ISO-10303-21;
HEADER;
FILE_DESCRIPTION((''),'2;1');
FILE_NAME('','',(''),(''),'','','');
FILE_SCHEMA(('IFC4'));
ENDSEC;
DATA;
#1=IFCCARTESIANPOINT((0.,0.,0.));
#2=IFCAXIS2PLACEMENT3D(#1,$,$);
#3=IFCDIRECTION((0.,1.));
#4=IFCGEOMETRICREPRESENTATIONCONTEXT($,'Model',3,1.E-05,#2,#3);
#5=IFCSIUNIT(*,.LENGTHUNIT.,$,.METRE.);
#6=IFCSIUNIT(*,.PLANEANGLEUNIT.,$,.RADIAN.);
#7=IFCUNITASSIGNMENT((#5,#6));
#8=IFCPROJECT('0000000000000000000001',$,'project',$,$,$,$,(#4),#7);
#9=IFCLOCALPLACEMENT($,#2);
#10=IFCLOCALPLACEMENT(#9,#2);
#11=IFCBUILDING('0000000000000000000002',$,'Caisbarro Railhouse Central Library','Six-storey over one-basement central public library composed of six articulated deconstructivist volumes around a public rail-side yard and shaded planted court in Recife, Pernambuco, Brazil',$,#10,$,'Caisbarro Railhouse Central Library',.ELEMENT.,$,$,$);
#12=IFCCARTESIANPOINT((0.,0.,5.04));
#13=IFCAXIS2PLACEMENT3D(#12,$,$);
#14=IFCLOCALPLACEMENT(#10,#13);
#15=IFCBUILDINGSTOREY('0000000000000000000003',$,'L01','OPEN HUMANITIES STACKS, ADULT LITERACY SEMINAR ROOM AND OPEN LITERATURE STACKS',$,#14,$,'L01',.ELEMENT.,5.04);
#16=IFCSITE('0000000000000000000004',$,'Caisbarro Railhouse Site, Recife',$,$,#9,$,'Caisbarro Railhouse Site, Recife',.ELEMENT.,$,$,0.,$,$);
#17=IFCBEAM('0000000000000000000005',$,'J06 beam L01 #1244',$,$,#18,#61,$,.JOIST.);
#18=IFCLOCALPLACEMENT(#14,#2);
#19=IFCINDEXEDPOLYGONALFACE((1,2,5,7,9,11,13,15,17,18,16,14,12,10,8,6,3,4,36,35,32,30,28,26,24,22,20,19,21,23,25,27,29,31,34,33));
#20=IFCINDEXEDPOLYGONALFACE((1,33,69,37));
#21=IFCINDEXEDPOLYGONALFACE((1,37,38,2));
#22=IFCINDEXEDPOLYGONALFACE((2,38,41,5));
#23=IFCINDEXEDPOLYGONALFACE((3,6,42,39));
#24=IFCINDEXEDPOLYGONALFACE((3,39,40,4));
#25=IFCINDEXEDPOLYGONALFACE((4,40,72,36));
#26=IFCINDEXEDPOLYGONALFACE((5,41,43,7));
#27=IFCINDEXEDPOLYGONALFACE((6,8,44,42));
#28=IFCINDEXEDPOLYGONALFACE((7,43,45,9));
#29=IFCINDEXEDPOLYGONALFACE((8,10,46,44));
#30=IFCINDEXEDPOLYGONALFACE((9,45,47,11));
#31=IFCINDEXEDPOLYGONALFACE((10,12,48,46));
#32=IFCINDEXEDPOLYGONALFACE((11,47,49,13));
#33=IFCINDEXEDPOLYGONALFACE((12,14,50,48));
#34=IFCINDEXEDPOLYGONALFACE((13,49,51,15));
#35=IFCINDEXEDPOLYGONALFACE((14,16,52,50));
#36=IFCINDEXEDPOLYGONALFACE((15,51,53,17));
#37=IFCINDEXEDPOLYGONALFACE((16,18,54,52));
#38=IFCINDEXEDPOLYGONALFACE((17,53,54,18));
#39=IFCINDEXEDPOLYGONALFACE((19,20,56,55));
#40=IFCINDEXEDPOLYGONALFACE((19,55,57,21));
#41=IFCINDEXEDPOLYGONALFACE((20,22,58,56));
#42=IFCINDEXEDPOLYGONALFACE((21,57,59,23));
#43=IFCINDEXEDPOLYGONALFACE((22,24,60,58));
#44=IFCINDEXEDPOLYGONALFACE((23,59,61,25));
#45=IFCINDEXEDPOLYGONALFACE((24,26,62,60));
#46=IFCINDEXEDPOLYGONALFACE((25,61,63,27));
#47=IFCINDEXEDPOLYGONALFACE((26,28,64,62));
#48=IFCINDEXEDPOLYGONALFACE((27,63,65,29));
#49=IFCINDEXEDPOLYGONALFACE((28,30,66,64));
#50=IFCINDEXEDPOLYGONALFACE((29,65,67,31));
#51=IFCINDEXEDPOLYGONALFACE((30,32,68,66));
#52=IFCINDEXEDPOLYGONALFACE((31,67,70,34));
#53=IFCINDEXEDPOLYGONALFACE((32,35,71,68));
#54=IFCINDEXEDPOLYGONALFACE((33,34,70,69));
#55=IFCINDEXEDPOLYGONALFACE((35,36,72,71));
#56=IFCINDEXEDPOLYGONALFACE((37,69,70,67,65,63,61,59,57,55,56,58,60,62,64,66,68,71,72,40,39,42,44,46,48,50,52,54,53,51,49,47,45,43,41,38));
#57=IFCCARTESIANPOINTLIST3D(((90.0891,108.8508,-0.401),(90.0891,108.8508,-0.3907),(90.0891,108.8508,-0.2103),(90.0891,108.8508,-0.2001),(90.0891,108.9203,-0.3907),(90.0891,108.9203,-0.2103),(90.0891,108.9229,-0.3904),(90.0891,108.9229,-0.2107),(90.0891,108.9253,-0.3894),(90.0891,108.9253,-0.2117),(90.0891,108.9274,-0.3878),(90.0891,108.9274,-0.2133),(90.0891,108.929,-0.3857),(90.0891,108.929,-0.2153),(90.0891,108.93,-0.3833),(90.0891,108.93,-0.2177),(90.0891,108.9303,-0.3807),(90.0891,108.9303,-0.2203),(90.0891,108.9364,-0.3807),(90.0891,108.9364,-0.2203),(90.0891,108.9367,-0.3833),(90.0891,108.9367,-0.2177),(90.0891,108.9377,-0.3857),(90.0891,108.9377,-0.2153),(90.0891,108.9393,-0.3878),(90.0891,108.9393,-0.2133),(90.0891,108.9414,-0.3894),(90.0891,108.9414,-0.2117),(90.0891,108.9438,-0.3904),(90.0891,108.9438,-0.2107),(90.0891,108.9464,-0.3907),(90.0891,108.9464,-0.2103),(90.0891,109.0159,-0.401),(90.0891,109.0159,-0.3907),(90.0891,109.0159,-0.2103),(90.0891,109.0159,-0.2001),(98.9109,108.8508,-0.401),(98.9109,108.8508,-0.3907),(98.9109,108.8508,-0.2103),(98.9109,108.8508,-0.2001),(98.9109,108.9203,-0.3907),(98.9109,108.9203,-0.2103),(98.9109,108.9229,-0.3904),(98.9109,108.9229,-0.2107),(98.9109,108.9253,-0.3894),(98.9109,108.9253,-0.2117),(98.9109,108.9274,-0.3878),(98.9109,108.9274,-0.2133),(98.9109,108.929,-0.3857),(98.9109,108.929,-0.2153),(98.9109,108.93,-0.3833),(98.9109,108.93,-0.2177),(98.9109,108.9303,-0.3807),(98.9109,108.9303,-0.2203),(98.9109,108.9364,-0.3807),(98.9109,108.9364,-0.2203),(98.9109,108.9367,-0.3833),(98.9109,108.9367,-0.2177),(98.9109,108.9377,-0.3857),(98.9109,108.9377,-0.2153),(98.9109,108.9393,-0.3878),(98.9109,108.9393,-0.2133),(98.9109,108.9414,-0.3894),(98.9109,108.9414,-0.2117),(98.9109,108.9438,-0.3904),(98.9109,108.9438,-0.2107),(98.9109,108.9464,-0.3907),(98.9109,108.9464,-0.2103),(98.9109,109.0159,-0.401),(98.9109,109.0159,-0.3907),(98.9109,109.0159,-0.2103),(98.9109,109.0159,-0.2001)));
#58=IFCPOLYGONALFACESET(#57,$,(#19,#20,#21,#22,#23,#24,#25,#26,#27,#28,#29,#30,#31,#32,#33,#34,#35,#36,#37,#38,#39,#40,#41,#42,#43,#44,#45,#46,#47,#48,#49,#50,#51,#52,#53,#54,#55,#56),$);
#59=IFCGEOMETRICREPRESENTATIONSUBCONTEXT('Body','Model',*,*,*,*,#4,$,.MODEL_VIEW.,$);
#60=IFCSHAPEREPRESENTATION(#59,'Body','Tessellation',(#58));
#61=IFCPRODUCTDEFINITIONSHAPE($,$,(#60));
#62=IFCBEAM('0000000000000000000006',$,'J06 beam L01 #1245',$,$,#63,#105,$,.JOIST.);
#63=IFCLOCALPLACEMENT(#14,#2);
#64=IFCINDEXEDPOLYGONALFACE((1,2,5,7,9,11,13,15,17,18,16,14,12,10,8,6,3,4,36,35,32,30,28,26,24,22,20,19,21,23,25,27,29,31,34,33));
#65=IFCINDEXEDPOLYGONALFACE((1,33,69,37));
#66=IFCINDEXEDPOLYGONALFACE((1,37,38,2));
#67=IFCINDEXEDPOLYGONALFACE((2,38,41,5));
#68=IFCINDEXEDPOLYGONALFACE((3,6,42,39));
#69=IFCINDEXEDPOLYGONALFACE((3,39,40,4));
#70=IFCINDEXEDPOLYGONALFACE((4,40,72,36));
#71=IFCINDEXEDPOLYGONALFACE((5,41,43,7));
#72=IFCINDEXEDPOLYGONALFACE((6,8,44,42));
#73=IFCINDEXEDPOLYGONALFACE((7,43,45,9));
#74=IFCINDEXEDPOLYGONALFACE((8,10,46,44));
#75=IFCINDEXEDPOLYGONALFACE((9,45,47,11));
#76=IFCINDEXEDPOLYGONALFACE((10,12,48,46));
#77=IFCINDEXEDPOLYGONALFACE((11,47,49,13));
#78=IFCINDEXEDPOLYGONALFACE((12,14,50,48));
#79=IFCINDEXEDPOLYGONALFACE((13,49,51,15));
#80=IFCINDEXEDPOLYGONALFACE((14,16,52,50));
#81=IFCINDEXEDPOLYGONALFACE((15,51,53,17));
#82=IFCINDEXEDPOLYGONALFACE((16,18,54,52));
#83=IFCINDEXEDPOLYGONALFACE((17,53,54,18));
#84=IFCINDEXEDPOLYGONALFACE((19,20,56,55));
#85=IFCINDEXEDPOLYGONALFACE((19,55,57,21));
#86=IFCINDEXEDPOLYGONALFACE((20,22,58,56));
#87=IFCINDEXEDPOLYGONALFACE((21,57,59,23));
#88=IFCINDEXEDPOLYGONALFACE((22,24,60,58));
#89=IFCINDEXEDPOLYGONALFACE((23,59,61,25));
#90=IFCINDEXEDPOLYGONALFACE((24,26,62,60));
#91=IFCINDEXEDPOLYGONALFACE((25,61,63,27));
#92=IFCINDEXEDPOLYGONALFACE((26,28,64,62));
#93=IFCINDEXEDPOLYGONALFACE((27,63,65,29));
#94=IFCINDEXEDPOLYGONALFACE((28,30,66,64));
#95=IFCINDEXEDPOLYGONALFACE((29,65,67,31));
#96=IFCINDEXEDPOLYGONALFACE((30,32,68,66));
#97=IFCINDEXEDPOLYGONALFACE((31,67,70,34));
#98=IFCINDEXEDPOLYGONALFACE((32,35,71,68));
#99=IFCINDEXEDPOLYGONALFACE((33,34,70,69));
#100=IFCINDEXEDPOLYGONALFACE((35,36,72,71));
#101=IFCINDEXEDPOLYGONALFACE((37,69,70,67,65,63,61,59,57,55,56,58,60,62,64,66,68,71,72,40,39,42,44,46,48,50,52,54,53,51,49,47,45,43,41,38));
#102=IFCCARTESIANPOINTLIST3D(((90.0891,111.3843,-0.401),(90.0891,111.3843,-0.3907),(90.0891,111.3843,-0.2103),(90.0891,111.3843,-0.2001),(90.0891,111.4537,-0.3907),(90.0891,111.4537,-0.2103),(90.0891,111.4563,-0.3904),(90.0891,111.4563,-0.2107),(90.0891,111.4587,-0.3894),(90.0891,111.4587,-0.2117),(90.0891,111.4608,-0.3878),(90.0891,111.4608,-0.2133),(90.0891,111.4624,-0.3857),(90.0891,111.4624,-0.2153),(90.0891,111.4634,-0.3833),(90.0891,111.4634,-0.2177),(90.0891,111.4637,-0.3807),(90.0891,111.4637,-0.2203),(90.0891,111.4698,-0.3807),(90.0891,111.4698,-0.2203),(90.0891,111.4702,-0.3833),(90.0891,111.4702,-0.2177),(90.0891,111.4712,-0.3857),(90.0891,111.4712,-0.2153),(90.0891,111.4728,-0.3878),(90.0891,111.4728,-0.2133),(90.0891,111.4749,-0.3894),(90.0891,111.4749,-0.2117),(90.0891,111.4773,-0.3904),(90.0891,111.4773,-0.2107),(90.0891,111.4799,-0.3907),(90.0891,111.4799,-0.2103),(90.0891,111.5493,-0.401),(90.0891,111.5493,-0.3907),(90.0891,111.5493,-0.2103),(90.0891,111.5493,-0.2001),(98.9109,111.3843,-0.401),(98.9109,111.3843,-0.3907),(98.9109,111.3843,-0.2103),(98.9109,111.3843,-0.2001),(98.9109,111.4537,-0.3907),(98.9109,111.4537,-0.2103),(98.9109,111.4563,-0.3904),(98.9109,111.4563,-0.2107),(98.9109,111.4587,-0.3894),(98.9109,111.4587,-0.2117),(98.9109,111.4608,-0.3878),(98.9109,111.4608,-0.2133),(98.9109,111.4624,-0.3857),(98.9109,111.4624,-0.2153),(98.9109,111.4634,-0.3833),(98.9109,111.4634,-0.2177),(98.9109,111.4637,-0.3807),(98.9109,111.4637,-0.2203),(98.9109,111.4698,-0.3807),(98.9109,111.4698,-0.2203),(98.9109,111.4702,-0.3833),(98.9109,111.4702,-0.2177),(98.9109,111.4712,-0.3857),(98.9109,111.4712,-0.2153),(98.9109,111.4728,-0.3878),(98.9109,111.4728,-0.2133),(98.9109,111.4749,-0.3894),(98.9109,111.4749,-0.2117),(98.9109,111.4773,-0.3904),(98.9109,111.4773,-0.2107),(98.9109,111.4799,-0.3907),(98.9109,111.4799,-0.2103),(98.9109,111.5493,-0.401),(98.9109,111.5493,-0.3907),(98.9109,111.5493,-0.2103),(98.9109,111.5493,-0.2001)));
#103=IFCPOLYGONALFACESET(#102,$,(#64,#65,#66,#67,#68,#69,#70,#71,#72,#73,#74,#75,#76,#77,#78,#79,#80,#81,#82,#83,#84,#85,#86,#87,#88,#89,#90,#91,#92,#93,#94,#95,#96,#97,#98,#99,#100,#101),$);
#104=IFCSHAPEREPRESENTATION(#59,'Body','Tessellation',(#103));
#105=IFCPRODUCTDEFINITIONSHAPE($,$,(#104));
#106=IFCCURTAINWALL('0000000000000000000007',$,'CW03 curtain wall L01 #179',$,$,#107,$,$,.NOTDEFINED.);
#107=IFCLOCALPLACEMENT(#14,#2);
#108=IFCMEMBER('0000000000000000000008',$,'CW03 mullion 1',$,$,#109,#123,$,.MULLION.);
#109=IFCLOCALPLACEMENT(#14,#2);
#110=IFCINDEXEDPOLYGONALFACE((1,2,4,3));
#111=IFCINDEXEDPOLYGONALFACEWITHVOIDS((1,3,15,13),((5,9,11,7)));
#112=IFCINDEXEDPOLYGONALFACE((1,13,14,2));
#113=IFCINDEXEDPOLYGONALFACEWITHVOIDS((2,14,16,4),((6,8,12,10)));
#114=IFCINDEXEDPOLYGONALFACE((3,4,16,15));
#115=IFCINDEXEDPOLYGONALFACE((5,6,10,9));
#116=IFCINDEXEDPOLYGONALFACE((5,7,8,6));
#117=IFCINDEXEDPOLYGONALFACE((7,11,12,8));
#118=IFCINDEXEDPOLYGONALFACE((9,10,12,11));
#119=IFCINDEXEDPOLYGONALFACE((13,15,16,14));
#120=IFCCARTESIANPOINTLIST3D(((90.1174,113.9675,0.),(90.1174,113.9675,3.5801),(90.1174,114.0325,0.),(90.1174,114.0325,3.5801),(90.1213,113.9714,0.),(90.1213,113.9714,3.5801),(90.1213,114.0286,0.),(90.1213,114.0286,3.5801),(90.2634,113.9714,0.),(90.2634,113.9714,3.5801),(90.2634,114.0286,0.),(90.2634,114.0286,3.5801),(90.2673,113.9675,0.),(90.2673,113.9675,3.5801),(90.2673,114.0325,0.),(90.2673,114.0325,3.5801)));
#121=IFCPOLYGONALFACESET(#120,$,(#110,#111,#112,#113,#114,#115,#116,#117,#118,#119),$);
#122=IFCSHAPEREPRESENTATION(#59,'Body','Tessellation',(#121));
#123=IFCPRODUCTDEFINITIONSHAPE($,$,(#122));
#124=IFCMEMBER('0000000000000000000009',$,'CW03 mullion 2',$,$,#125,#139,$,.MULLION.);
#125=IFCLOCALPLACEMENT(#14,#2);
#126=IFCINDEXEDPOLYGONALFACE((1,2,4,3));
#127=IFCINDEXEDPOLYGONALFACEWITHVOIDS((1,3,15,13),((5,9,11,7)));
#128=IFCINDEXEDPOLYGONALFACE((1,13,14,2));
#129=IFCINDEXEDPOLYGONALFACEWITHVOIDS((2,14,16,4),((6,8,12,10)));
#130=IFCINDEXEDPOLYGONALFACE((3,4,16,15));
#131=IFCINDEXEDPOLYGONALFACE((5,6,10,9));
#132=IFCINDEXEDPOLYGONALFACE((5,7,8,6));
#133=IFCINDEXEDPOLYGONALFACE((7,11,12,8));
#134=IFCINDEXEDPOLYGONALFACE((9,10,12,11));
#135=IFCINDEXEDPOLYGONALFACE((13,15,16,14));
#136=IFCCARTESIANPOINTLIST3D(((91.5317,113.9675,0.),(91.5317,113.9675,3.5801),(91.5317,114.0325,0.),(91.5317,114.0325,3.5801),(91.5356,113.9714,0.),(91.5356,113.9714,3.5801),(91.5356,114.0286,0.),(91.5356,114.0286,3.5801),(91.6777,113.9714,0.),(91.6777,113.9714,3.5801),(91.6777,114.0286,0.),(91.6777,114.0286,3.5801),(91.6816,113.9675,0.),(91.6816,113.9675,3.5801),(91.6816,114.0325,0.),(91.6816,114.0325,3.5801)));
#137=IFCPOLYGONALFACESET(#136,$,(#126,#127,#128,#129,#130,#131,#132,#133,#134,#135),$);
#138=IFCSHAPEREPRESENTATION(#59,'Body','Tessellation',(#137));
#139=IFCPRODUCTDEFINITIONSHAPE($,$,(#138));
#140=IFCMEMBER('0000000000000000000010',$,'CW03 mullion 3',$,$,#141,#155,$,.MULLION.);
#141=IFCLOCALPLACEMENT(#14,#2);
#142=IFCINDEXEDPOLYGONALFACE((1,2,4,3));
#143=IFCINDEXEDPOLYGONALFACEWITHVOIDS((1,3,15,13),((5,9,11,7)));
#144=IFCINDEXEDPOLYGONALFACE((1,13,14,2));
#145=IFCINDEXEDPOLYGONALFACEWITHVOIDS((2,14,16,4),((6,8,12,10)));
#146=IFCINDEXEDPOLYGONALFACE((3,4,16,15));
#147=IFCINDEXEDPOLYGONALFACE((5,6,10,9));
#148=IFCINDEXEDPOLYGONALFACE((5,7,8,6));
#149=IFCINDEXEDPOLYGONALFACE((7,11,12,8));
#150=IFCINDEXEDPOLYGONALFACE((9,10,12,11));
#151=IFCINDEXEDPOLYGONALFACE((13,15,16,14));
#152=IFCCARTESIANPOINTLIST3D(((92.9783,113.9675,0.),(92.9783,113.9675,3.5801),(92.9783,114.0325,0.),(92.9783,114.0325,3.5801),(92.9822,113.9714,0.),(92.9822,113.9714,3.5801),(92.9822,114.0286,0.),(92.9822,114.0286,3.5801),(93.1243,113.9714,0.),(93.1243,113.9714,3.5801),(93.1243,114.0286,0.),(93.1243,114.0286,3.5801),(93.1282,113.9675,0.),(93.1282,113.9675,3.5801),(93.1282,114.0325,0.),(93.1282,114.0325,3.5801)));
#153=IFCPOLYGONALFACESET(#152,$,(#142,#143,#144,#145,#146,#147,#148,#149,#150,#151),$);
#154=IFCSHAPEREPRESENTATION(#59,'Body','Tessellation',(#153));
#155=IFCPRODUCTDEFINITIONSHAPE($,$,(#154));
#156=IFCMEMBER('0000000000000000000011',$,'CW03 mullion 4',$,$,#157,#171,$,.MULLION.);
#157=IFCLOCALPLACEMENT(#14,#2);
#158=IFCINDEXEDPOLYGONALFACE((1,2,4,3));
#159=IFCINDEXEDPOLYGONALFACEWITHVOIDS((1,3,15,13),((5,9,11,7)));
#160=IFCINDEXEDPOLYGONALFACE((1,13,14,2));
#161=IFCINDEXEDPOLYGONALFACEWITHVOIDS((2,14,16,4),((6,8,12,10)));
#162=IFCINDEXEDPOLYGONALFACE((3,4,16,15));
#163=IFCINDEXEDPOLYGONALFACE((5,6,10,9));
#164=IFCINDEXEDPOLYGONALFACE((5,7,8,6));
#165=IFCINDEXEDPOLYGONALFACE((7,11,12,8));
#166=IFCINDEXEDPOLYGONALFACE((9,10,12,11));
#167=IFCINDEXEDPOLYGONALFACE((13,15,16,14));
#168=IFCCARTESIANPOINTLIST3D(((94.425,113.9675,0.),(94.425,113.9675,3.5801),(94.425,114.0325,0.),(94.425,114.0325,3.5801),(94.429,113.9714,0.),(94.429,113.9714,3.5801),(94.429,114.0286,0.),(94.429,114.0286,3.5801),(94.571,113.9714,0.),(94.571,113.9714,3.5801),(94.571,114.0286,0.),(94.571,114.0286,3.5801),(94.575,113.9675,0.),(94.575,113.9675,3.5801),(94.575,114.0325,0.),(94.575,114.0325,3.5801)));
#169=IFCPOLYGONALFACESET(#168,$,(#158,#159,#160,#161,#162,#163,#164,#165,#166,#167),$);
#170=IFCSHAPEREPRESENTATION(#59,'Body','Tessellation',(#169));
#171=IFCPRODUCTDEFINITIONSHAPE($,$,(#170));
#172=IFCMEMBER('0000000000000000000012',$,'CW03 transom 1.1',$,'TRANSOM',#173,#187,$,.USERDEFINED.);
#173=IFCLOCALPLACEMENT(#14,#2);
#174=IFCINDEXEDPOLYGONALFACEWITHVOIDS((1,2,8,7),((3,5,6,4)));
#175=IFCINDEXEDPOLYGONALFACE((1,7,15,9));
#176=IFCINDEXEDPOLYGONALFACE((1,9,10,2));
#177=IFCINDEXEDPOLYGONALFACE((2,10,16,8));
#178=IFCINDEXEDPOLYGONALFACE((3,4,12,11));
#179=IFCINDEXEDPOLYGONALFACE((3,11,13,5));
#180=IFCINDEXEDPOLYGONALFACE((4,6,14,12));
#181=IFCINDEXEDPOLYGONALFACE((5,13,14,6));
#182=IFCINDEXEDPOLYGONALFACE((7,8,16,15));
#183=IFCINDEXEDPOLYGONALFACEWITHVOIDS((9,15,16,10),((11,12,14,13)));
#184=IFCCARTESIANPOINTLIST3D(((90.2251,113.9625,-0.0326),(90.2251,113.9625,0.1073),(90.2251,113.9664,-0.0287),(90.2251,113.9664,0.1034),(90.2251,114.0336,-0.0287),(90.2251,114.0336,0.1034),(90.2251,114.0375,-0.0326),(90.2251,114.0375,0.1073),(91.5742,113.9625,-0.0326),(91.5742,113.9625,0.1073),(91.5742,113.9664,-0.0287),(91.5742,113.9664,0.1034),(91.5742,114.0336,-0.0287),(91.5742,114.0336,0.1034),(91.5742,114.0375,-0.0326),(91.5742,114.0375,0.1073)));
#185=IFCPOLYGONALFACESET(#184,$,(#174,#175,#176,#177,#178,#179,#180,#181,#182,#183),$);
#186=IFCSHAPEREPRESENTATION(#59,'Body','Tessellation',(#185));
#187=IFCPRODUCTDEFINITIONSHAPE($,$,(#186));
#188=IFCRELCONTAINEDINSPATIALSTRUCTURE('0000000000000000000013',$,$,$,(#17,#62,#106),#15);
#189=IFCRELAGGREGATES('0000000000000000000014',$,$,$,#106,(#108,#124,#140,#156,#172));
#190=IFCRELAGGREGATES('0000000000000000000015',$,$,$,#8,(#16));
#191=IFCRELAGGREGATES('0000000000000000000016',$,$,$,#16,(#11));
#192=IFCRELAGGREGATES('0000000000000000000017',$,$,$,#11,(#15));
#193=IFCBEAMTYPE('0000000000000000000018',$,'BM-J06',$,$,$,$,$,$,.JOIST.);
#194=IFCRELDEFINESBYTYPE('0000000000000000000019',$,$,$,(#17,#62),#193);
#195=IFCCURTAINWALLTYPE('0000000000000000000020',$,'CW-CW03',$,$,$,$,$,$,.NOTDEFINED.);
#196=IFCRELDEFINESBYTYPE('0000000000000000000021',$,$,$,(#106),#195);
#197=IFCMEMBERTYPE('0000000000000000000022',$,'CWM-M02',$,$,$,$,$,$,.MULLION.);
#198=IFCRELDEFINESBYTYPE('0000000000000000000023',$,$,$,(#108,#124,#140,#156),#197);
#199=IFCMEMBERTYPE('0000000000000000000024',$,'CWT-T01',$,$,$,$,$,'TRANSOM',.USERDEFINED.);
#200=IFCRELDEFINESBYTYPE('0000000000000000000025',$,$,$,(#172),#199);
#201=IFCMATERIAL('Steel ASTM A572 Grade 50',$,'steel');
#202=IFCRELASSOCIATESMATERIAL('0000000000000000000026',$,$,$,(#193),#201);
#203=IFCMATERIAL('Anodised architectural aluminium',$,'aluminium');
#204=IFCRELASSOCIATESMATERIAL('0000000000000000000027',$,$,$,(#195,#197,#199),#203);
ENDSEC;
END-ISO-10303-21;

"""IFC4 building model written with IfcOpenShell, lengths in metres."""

from ifc_helpers import new_model, si_unit, direction, frame, origin, origin_2d, place, context, subcontext, project, spatial, hollow_rectangle, i_section, extrude, material, material_profile, profile_set, type_object, element, aggregate, save


model = new_model("IFC4")

# Units and contexts
model_context = context("Model", 3, precision=1e-05, world=origin(), true_north=direction((0.0, 1.0)))
body_context = subcontext(model_context, "Body", "Model", "MODEL_VIEW")
ifc_project = project(units=[si_unit("LENGTHUNIT", "METRE"), si_unit("PLANEANGLEUNIT", "RADIAN")], contexts=[model_context])

# Site, building, storey
site_placement = place(None, origin())
site = spatial("IfcSite", under=ifc_project, at=site_placement, Name="Caisbarro Railhouse Site, Recife", LongName="Caisbarro Railhouse Site, Recife", CompositionType="ELEMENT", RefElevation=0.0)
building_placement = place(site_placement, origin())
building = spatial("IfcBuilding", under=site, at=building_placement, Name="Caisbarro Railhouse Central Library", Description="Six-storey over one-basement central public library composed of six articulated deconstructivist volumes around a public rail-side yard and shaded planted court in Recife, Pernambuco, Brazil", LongName="Caisbarro Railhouse Central Library", CompositionType="ELEMENT")
storey_placement = place(building_placement, frame((0.0, 0.0, 5.04)))
storey = spatial("IfcBuildingStorey", under=building, at=storey_placement, Name="L01", Description="OPEN HUMANITIES STACKS, ADULT LITERACY SEMINAR ROOM AND OPEN LITERATURE STACKS", LongName="L01", CompositionType="ELEMENT", Elevation=5.04)

# Beams
ifc_material_1 = material(Name="Steel ASTM A572 Grade 50", Category="steel")
ifc_material_profile_1 = material_profile(ifc_material_1, i_section(OverallWidth=0.165, OverallDepth=0.2009, WebThickness=0.0061, FlangeThickness=0.0103, FilletRadius=0.01, at=origin_2d()), Name="W200X35.9")
ifc_profile_set_1 = profile_set([ifc_material_profile_1], Name="Steel ASTM A572 Grade 50")
beam_type = type_object("IfcBeamType", Name="BM-J06", PredefinedType="JOIST", material=ifc_profile_set_1)
for number, where, z_axis, x_axis, name in (
    (1, (90.0891, 108.9333, -0.3005), (1.0, 0.0, 0.0), (0.0, 1.0, 0.0), "J06 beam L01 #1244"),
    (2, (90.0891, 111.4668, -0.3005), (1.0, 0.0, 0.0), (0.0, 1.0, 0.0), "J06 beam L01 #1245"),
):
    element("IfcBeam", number, at=place(storey_placement, frame(where, z_axis=z_axis, x_axis=x_axis)), inside=storey, type_object=beam_type, Name=name, PredefinedType="JOIST", context=body_context, shape_type="SweptSolid", body=[
        extrude(i_section(OverallWidth=0.165, OverallDepth=0.2009, WebThickness=0.0061, FlangeThickness=0.0103, FilletRadius=0.01, at=origin_2d()), origin(), (0.0, 0.0, 1.0), 8.8218),
    ])

# Curtain wall, members
ifc_material_2 = material(Name="Anodised architectural aluminium", Category="aluminium")
curtain_wall_type = type_object("IfcCurtainWallType", Name="CW-CW03", PredefinedType="NOTDEFINED", material=ifc_material_2)
curtain_wall_placement = place(storey_placement, origin())
curtain_wall = element("IfcCurtainWall", 3, at=curtain_wall_placement, inside=storey, type_object=curtain_wall_type, Name="CW03 curtain wall L01 #179", PredefinedType="NOTDEFINED")
ifc_material_profile_2 = material_profile(ifc_material_2, hollow_rectangle(XDim=0.0649, YDim=0.1499, WallThickness=0.0039, at=origin_2d()), Name="ALU-MUL-65X150")
ifc_profile_set_2 = profile_set([ifc_material_profile_2], Name="Anodised architectural aluminium")
member_type_1 = type_object("IfcMemberType", Name="CWM-M02", PredefinedType="MULLION", material=ifc_profile_set_2)
member_1_placement = place(storey_placement, frame((90.1924, 114.0, 0.0), z_axis=(0.0, 0.0, 1.0), x_axis=(0.0, 1.0, 0.0)))
member_1 = element("IfcMember", 4, at=member_1_placement, type_object=member_type_1, Name="CW03 mullion 1", PredefinedType="MULLION", context=body_context, shape_type="SweptSolid", body=[
    extrude(hollow_rectangle(XDim=0.0649, YDim=0.1499, WallThickness=0.0039, at=origin_2d()), origin(), (0.0, 0.0, 1.0), 3.5801),
])
member_2_placement = place(storey_placement, frame((91.6067, 114.0, 0.0), z_axis=(0.0, 0.0, 1.0), x_axis=(0.0, 1.0, 0.0)))
member_2 = element("IfcMember", 5, at=member_2_placement, type_object=member_type_1, Name="CW03 mullion 2", PredefinedType="MULLION", context=body_context, shape_type="SweptSolid", body=[
    extrude(hollow_rectangle(XDim=0.0649, YDim=0.1499, WallThickness=0.0039, at=origin_2d()), origin(), (0.0, 0.0, 1.0), 3.5801),
])
member_3_placement = place(storey_placement, frame((93.0532, 114.0, 0.0), z_axis=(0.0, 0.0, 1.0), x_axis=(0.0, 1.0, 0.0)))
member_3 = element("IfcMember", 6, at=member_3_placement, type_object=member_type_1, Name="CW03 mullion 3", PredefinedType="MULLION", context=body_context, shape_type="SweptSolid", body=[
    extrude(hollow_rectangle(XDim=0.0649, YDim=0.1499, WallThickness=0.0039, at=origin_2d()), origin(), (0.0, 0.0, 1.0), 3.5801),
])
member_4_placement = place(storey_placement, frame((94.5, 114.0, 0.0), z_axis=(0.0, 0.0, 1.0), x_axis=(0.0, 1.0, 0.0)))
member_4 = element("IfcMember", 7, at=member_4_placement, type_object=member_type_1, Name="CW03 mullion 4", PredefinedType="MULLION", context=body_context, shape_type="SweptSolid", body=[
    extrude(hollow_rectangle(XDim=0.0649, YDim=0.1499, WallThickness=0.0039, at=origin_2d()), origin(), (0.0, 0.0, 1.0), 3.5801),
])
ifc_material_profile_3 = material_profile(ifc_material_2, hollow_rectangle(XDim=0.075, YDim=0.1399, WallThickness=0.0039, at=origin_2d()), Name="ALU-TRN-75X140")
ifc_profile_set_3 = profile_set([ifc_material_profile_3], Name="Anodised architectural aluminium")
member_type_2 = type_object("IfcMemberType", Name="CWT-T01", ElementType="TRANSOM", PredefinedType="USERDEFINED", material=ifc_profile_set_3)
member_5_placement = place(storey_placement, frame((90.2251, 114.0, 0.0374), z_axis=(1.0, 0.0, 0.0), x_axis=(0.0, 1.0, 0.0)))
member_5 = element("IfcMember", 8, at=member_5_placement, type_object=member_type_2, Name="CW03 transom 1.1", ObjectType="TRANSOM", PredefinedType="USERDEFINED", context=body_context, shape_type="SweptSolid", body=[
    extrude(hollow_rectangle(XDim=0.075, YDim=0.1399, WallThickness=0.0039, at=origin_2d()), origin(), (0.0, 0.0, 1.0), 1.3491),
])
aggregate(curtain_wall, [member_1, member_2, member_3, member_4, member_5])

save(model, "model.ifc")
